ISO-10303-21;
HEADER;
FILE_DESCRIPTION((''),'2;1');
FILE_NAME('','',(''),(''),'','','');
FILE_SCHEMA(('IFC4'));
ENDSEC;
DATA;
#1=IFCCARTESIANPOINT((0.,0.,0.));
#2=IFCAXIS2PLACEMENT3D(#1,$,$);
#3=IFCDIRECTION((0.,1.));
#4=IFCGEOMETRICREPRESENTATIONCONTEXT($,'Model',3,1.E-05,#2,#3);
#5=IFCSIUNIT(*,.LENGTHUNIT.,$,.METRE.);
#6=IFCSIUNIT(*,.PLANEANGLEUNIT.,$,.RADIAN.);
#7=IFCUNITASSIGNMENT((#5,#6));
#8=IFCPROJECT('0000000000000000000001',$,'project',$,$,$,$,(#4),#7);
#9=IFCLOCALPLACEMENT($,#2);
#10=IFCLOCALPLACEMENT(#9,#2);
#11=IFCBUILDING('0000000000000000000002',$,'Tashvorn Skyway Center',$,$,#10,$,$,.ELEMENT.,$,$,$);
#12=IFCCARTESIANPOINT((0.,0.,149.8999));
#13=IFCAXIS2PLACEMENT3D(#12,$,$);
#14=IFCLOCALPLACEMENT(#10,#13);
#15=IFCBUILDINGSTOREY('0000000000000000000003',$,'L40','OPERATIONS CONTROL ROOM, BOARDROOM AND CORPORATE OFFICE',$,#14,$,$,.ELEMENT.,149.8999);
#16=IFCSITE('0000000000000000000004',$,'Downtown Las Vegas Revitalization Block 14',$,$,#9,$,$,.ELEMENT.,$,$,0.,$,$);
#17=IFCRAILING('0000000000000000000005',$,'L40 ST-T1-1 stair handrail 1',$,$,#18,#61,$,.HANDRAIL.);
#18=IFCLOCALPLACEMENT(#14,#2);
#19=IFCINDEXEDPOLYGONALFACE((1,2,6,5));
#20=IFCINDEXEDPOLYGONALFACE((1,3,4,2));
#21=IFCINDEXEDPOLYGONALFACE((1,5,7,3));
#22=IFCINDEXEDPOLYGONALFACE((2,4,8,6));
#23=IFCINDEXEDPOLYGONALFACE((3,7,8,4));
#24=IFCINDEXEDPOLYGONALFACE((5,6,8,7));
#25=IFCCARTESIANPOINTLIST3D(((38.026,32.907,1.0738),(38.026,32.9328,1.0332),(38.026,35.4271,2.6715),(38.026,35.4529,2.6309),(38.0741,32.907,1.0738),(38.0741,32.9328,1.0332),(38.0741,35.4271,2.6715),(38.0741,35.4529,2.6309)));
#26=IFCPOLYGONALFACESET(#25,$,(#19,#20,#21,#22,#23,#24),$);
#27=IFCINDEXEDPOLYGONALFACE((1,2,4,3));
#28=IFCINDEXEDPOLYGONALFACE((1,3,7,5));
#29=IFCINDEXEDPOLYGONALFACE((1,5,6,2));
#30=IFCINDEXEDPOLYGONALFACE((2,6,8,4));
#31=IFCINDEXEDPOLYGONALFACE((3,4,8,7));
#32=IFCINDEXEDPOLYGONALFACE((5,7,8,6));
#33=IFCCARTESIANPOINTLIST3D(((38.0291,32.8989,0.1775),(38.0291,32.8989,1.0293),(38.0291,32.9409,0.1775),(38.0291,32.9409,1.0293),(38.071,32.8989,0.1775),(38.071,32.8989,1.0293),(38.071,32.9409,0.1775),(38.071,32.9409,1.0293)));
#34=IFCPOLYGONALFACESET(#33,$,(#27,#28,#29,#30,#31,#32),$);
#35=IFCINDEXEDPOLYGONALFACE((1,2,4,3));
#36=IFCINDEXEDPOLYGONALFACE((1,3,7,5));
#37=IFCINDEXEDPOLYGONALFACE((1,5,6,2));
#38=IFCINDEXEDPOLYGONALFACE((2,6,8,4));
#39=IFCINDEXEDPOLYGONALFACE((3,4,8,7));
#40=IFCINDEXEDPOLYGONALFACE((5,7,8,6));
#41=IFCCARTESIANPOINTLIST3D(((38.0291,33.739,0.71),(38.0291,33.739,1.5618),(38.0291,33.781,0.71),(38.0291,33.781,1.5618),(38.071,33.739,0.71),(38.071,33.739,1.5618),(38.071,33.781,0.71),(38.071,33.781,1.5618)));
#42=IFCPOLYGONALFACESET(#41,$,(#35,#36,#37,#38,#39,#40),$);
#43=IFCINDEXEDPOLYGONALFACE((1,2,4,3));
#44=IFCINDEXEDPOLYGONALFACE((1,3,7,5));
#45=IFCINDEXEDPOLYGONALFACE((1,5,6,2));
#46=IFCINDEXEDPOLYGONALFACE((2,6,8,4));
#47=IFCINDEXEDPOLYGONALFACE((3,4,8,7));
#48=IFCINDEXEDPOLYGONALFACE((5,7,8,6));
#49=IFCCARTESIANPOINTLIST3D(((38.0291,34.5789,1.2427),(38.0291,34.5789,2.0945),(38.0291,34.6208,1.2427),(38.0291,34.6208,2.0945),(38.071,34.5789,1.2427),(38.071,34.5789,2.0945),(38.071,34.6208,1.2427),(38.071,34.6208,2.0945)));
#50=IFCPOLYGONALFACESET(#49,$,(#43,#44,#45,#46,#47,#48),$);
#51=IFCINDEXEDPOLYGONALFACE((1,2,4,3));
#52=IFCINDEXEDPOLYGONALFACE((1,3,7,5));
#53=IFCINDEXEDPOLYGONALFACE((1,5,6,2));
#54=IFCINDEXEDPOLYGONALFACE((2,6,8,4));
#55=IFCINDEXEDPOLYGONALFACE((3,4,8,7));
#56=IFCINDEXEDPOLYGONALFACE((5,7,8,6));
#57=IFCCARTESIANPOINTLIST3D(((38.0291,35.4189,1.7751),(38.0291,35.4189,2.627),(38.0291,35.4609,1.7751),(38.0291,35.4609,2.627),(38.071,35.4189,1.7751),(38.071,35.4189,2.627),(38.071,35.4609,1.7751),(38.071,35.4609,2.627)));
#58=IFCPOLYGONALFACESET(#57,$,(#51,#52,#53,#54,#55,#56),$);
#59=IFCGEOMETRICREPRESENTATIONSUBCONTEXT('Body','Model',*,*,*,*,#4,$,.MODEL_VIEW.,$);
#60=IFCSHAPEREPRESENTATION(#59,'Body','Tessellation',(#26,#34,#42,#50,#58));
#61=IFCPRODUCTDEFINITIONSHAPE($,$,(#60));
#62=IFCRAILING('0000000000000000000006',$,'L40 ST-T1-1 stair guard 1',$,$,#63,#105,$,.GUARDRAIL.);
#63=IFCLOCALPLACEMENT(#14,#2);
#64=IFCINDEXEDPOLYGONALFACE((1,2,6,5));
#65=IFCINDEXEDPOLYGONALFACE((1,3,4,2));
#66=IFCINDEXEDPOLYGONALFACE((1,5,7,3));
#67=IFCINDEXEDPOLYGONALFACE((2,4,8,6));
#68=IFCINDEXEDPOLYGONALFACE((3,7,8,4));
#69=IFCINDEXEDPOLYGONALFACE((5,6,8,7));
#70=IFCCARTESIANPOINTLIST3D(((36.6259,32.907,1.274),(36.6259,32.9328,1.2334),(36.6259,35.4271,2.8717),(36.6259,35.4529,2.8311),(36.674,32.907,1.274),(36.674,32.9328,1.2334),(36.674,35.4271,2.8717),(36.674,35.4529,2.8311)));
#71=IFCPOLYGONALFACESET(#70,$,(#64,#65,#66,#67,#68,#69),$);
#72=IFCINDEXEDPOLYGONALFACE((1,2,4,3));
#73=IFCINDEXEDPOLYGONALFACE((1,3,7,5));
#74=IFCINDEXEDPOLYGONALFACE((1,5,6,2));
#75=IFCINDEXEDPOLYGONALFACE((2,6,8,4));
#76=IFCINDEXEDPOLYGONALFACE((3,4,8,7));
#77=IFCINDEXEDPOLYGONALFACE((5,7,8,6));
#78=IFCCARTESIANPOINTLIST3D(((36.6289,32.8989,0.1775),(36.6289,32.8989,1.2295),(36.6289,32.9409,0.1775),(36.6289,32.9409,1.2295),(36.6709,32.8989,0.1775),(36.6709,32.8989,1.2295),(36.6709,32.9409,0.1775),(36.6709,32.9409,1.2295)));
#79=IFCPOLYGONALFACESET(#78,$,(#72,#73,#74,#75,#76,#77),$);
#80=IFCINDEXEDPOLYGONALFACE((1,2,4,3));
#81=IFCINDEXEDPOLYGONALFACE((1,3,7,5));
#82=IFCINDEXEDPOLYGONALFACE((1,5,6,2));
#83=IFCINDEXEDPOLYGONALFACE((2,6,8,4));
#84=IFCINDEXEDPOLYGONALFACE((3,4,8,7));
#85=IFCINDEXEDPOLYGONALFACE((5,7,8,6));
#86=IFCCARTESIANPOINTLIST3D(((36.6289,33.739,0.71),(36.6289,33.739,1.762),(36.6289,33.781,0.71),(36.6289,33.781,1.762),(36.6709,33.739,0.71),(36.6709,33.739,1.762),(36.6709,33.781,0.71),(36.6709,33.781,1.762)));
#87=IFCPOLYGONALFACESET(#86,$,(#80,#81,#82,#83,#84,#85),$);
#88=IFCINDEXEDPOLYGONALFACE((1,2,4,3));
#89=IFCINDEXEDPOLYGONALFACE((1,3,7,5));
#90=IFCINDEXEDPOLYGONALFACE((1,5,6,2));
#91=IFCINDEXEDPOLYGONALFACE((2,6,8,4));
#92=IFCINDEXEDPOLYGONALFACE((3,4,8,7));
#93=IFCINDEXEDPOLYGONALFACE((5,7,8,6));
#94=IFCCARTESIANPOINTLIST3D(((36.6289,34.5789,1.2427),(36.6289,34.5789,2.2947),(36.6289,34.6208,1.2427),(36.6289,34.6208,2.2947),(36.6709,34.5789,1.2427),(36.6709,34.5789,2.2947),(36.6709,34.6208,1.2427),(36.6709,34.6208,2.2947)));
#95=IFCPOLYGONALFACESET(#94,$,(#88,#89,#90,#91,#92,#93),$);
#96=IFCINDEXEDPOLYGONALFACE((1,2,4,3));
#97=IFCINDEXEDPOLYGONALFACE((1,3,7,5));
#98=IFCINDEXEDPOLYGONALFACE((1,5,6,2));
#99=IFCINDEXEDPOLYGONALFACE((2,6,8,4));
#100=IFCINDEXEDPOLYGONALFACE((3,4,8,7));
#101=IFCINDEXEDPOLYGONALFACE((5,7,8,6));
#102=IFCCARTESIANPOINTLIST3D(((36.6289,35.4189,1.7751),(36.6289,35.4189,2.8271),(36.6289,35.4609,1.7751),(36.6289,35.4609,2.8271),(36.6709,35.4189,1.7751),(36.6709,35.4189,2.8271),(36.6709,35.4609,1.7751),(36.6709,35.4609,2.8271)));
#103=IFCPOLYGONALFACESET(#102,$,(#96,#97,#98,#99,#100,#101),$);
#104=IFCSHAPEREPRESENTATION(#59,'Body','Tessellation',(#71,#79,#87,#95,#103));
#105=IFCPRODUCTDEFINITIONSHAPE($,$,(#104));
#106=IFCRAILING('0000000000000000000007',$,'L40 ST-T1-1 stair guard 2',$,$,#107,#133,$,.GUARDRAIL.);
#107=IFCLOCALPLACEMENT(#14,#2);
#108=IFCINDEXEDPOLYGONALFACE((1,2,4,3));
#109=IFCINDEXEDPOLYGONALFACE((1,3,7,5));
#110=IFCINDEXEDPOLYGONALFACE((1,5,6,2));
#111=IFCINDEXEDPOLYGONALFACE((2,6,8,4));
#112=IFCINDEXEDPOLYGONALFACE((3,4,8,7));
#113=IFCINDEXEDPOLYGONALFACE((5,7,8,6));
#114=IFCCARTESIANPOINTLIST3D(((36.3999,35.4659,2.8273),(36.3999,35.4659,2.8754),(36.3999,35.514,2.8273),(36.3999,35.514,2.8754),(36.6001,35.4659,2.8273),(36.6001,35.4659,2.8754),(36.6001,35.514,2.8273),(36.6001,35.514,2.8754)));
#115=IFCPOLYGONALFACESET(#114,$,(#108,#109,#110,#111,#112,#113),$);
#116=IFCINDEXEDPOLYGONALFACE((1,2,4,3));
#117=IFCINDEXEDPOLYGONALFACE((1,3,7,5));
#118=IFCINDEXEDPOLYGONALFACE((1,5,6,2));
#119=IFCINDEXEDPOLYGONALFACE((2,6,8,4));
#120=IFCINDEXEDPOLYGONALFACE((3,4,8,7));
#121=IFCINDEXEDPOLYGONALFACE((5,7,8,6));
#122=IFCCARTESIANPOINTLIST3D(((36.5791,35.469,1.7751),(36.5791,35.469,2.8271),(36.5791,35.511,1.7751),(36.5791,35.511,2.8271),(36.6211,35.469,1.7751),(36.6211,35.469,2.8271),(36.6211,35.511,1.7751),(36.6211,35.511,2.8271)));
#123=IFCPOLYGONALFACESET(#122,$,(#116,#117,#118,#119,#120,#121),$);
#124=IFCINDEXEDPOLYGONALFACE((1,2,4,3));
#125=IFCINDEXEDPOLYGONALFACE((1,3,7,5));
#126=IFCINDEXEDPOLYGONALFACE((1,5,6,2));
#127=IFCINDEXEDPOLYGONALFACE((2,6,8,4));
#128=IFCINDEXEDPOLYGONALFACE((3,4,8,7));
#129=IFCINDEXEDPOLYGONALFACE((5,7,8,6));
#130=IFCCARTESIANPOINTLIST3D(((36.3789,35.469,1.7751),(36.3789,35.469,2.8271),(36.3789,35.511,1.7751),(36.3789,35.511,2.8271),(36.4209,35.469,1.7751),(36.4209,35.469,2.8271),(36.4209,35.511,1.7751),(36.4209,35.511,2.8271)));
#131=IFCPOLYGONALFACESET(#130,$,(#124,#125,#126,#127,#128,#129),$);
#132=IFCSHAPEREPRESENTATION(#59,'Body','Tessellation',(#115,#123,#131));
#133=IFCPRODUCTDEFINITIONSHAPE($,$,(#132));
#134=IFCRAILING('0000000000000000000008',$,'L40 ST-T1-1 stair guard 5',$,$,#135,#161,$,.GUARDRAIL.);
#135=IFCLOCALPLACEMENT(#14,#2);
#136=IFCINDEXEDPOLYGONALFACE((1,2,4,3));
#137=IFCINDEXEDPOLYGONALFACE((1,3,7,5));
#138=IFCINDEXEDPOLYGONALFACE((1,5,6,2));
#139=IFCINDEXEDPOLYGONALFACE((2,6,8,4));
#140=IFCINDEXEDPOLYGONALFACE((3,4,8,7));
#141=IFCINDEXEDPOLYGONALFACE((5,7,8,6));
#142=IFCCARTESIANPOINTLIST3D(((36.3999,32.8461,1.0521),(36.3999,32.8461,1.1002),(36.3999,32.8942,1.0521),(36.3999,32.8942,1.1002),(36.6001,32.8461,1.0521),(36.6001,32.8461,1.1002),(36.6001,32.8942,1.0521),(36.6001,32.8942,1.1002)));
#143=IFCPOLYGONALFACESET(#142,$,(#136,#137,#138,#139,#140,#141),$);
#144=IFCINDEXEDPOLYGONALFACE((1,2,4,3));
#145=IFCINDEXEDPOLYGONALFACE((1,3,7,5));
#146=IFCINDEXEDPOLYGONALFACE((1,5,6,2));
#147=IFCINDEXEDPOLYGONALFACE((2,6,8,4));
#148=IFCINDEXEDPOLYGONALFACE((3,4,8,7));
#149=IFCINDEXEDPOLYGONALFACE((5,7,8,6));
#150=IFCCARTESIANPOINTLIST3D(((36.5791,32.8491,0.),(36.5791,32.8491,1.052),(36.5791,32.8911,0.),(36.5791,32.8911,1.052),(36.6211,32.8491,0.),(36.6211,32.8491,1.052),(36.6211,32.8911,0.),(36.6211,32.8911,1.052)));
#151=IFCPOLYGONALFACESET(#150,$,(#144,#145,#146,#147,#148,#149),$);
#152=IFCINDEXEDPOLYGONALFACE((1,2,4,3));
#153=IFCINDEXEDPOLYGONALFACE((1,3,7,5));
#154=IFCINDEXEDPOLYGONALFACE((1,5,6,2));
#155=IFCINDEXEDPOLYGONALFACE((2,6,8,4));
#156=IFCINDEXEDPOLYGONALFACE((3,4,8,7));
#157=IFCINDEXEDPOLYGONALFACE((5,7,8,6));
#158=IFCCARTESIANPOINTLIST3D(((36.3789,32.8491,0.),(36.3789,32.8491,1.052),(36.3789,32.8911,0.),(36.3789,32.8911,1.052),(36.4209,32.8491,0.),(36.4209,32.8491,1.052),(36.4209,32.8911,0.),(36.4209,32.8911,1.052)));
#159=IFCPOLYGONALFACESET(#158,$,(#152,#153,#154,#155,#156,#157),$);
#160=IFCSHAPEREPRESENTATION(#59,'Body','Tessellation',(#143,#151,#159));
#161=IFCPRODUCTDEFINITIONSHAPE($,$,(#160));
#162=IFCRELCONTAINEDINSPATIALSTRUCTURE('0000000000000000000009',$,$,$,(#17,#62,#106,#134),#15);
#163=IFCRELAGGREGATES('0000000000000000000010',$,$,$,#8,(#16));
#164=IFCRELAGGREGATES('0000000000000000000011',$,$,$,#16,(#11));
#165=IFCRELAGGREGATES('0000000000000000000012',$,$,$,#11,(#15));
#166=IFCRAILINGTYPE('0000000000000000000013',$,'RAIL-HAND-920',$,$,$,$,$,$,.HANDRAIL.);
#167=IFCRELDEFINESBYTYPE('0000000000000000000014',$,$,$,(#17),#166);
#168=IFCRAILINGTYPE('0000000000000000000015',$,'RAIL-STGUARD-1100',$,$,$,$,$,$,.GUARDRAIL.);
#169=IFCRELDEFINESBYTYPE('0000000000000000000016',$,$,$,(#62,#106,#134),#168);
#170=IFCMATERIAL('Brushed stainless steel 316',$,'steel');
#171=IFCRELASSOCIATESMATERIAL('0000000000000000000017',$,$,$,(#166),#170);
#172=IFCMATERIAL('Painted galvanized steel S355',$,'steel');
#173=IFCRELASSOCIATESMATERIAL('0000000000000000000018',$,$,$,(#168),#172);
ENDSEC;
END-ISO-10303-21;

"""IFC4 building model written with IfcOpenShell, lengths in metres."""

from ifc_helpers import new_model, si_unit, direction, frame, origin, origin_2d, place, context, subcontext, project, spatial, rectangle, extrude, material, type_object, element, save


model = new_model("IFC4")

# Units and contexts
model_context = context("Model", 3, precision=1e-05, world=origin(), true_north=direction((0.0, 1.0)))
body_context = subcontext(model_context, "Body", "Model", "MODEL_VIEW")
ifc_project = project(units=[si_unit("LENGTHUNIT", "METRE"), si_unit("PLANEANGLEUNIT", "RADIAN")], contexts=[model_context])

# Site, building, storey
site_placement = place(None, origin())
site = spatial("IfcSite", under=ifc_project, at=site_placement, Name="Downtown Las Vegas Revitalization Block 14", CompositionType="ELEMENT", RefElevation=0.0)
building_placement = place(site_placement, origin())
building = spatial("IfcBuilding", under=site, at=building_placement, Name="Tashvorn Skyway Center", CompositionType="ELEMENT")
storey_placement = place(building_placement, frame((0.0, 0.0, 149.8999)))
storey = spatial("IfcBuildingStorey", under=building, at=storey_placement, Name="L40", Description="OPERATIONS CONTROL ROOM, BOARDROOM AND CORPORATE OFFICE", CompositionType="ELEMENT", Elevation=149.8999)

# Railings
ifc_material_1 = material(Name="Brushed stainless steel 316", Category="steel")
railing_type_1 = type_object("IfcRailingType", Name="RAIL-HAND-920", PredefinedType="HANDRAIL", material=ifc_material_1)
railing_1_placement = place(storey_placement, frame((38.05, 32.9199, 0.1775)))
element("IfcRailing", 1, at=railing_1_placement, inside=storey, type_object=railing_type_1, Name="L40 ST-T1-1 stair handrail 1", PredefinedType="HANDRAIL", context=body_context, shape_type="SweptSolid", body=[
    extrude(rectangle(XDim=0.0481, YDim=0.0481, at=origin_2d()), frame((0.0, 0.0, 0.876), z_axis=(0.0, 0.84457, 0.535445), x_axis=(-1.0, 0.0, 0.0)), (0.0, 0.0, 1.0), 2.9839),
    extrude(rectangle(XDim=0.042, YDim=0.042, at=origin_2d()), origin(), (0.0, 0.0, 1.0), 0.8518),
    extrude(rectangle(XDim=0.042, YDim=0.042, at=origin_2d()), frame((0.0, 0.8401, 0.5325)), (0.0, 0.0, 1.0), 0.8518),
    extrude(rectangle(XDim=0.042, YDim=0.042, at=origin_2d()), frame((0.0, 1.6799, 1.0652)), (0.0, 0.0, 1.0), 0.8518),
    extrude(rectangle(XDim=0.042, YDim=0.042, at=origin_2d()), frame((0.0, 2.52, 1.5977)), (0.0, 0.0, 1.0), 0.8518),
])
ifc_material_2 = material(Name="Painted galvanized steel S355", Category="steel")
railing_type_2 = type_object("IfcRailingType", Name="RAIL-STGUARD-1100", PredefinedType="GUARDRAIL", material=ifc_material_2)
railing_2_placement = place(storey_placement, frame((36.6499, 32.9199, 0.1775)))
element("IfcRailing", 2, at=railing_2_placement, inside=storey, type_object=railing_type_2, Name="L40 ST-T1-1 stair guard 1", PredefinedType="GUARDRAIL", context=body_context, shape_type="SweptSolid", body=[
    extrude(rectangle(XDim=0.0481, YDim=0.0481, at=origin_2d()), frame((0.0, 0.0, 1.0762), z_axis=(0.0, 0.84457, 0.535445), x_axis=(-1.0, 0.0, 0.0)), (0.0, 0.0, 1.0), 2.9839),
    extrude(rectangle(XDim=0.042, YDim=0.042, at=origin_2d()), origin(), (0.0, 0.0, 1.0), 1.052),
    extrude(rectangle(XDim=0.042, YDim=0.042, at=origin_2d()), frame((0.0, 0.8401, 0.5325)), (0.0, 0.0, 1.0), 1.052),
    extrude(rectangle(XDim=0.042, YDim=0.042, at=origin_2d()), frame((0.0, 1.6799, 1.0652)), (0.0, 0.0, 1.0), 1.052),
    extrude(rectangle(XDim=0.042, YDim=0.042, at=origin_2d()), frame((0.0, 2.52, 1.5977)), (0.0, 0.0, 1.0), 1.052),
])
for number, where, name in (
    (3, (36.6001, 35.49, 1.7751), "L40 ST-T1-1 stair guard 2"),
    (4, (36.6001, 32.8701, 0.0), "L40 ST-T1-1 stair guard 5"),
):
    element("IfcRailing", number, at=place(storey_placement, frame(where)), inside=storey, type_object=railing_type_2, Name=name, PredefinedType="GUARDRAIL", context=body_context, shape_type="SweptSolid", body=[
        extrude(rectangle(XDim=0.0481, YDim=0.0481, at=origin_2d()), frame((0.0, 0.0, 1.0762), z_axis=(-1.0, 0.0, 0.0), x_axis=(0.0, -1.0, 0.0)), (0.0, 0.0, 1.0), 0.2002),
        extrude(rectangle(XDim=0.042, YDim=0.042, at=origin_2d()), origin(), (0.0, 0.0, 1.0), 1.052),
        extrude(rectangle(XDim=0.042, YDim=0.042, at=origin_2d()), frame((-0.2002, 0.0, 0.0)), (0.0, 0.0, 1.0), 1.052),
    ])

save(model, "model.ifc")
